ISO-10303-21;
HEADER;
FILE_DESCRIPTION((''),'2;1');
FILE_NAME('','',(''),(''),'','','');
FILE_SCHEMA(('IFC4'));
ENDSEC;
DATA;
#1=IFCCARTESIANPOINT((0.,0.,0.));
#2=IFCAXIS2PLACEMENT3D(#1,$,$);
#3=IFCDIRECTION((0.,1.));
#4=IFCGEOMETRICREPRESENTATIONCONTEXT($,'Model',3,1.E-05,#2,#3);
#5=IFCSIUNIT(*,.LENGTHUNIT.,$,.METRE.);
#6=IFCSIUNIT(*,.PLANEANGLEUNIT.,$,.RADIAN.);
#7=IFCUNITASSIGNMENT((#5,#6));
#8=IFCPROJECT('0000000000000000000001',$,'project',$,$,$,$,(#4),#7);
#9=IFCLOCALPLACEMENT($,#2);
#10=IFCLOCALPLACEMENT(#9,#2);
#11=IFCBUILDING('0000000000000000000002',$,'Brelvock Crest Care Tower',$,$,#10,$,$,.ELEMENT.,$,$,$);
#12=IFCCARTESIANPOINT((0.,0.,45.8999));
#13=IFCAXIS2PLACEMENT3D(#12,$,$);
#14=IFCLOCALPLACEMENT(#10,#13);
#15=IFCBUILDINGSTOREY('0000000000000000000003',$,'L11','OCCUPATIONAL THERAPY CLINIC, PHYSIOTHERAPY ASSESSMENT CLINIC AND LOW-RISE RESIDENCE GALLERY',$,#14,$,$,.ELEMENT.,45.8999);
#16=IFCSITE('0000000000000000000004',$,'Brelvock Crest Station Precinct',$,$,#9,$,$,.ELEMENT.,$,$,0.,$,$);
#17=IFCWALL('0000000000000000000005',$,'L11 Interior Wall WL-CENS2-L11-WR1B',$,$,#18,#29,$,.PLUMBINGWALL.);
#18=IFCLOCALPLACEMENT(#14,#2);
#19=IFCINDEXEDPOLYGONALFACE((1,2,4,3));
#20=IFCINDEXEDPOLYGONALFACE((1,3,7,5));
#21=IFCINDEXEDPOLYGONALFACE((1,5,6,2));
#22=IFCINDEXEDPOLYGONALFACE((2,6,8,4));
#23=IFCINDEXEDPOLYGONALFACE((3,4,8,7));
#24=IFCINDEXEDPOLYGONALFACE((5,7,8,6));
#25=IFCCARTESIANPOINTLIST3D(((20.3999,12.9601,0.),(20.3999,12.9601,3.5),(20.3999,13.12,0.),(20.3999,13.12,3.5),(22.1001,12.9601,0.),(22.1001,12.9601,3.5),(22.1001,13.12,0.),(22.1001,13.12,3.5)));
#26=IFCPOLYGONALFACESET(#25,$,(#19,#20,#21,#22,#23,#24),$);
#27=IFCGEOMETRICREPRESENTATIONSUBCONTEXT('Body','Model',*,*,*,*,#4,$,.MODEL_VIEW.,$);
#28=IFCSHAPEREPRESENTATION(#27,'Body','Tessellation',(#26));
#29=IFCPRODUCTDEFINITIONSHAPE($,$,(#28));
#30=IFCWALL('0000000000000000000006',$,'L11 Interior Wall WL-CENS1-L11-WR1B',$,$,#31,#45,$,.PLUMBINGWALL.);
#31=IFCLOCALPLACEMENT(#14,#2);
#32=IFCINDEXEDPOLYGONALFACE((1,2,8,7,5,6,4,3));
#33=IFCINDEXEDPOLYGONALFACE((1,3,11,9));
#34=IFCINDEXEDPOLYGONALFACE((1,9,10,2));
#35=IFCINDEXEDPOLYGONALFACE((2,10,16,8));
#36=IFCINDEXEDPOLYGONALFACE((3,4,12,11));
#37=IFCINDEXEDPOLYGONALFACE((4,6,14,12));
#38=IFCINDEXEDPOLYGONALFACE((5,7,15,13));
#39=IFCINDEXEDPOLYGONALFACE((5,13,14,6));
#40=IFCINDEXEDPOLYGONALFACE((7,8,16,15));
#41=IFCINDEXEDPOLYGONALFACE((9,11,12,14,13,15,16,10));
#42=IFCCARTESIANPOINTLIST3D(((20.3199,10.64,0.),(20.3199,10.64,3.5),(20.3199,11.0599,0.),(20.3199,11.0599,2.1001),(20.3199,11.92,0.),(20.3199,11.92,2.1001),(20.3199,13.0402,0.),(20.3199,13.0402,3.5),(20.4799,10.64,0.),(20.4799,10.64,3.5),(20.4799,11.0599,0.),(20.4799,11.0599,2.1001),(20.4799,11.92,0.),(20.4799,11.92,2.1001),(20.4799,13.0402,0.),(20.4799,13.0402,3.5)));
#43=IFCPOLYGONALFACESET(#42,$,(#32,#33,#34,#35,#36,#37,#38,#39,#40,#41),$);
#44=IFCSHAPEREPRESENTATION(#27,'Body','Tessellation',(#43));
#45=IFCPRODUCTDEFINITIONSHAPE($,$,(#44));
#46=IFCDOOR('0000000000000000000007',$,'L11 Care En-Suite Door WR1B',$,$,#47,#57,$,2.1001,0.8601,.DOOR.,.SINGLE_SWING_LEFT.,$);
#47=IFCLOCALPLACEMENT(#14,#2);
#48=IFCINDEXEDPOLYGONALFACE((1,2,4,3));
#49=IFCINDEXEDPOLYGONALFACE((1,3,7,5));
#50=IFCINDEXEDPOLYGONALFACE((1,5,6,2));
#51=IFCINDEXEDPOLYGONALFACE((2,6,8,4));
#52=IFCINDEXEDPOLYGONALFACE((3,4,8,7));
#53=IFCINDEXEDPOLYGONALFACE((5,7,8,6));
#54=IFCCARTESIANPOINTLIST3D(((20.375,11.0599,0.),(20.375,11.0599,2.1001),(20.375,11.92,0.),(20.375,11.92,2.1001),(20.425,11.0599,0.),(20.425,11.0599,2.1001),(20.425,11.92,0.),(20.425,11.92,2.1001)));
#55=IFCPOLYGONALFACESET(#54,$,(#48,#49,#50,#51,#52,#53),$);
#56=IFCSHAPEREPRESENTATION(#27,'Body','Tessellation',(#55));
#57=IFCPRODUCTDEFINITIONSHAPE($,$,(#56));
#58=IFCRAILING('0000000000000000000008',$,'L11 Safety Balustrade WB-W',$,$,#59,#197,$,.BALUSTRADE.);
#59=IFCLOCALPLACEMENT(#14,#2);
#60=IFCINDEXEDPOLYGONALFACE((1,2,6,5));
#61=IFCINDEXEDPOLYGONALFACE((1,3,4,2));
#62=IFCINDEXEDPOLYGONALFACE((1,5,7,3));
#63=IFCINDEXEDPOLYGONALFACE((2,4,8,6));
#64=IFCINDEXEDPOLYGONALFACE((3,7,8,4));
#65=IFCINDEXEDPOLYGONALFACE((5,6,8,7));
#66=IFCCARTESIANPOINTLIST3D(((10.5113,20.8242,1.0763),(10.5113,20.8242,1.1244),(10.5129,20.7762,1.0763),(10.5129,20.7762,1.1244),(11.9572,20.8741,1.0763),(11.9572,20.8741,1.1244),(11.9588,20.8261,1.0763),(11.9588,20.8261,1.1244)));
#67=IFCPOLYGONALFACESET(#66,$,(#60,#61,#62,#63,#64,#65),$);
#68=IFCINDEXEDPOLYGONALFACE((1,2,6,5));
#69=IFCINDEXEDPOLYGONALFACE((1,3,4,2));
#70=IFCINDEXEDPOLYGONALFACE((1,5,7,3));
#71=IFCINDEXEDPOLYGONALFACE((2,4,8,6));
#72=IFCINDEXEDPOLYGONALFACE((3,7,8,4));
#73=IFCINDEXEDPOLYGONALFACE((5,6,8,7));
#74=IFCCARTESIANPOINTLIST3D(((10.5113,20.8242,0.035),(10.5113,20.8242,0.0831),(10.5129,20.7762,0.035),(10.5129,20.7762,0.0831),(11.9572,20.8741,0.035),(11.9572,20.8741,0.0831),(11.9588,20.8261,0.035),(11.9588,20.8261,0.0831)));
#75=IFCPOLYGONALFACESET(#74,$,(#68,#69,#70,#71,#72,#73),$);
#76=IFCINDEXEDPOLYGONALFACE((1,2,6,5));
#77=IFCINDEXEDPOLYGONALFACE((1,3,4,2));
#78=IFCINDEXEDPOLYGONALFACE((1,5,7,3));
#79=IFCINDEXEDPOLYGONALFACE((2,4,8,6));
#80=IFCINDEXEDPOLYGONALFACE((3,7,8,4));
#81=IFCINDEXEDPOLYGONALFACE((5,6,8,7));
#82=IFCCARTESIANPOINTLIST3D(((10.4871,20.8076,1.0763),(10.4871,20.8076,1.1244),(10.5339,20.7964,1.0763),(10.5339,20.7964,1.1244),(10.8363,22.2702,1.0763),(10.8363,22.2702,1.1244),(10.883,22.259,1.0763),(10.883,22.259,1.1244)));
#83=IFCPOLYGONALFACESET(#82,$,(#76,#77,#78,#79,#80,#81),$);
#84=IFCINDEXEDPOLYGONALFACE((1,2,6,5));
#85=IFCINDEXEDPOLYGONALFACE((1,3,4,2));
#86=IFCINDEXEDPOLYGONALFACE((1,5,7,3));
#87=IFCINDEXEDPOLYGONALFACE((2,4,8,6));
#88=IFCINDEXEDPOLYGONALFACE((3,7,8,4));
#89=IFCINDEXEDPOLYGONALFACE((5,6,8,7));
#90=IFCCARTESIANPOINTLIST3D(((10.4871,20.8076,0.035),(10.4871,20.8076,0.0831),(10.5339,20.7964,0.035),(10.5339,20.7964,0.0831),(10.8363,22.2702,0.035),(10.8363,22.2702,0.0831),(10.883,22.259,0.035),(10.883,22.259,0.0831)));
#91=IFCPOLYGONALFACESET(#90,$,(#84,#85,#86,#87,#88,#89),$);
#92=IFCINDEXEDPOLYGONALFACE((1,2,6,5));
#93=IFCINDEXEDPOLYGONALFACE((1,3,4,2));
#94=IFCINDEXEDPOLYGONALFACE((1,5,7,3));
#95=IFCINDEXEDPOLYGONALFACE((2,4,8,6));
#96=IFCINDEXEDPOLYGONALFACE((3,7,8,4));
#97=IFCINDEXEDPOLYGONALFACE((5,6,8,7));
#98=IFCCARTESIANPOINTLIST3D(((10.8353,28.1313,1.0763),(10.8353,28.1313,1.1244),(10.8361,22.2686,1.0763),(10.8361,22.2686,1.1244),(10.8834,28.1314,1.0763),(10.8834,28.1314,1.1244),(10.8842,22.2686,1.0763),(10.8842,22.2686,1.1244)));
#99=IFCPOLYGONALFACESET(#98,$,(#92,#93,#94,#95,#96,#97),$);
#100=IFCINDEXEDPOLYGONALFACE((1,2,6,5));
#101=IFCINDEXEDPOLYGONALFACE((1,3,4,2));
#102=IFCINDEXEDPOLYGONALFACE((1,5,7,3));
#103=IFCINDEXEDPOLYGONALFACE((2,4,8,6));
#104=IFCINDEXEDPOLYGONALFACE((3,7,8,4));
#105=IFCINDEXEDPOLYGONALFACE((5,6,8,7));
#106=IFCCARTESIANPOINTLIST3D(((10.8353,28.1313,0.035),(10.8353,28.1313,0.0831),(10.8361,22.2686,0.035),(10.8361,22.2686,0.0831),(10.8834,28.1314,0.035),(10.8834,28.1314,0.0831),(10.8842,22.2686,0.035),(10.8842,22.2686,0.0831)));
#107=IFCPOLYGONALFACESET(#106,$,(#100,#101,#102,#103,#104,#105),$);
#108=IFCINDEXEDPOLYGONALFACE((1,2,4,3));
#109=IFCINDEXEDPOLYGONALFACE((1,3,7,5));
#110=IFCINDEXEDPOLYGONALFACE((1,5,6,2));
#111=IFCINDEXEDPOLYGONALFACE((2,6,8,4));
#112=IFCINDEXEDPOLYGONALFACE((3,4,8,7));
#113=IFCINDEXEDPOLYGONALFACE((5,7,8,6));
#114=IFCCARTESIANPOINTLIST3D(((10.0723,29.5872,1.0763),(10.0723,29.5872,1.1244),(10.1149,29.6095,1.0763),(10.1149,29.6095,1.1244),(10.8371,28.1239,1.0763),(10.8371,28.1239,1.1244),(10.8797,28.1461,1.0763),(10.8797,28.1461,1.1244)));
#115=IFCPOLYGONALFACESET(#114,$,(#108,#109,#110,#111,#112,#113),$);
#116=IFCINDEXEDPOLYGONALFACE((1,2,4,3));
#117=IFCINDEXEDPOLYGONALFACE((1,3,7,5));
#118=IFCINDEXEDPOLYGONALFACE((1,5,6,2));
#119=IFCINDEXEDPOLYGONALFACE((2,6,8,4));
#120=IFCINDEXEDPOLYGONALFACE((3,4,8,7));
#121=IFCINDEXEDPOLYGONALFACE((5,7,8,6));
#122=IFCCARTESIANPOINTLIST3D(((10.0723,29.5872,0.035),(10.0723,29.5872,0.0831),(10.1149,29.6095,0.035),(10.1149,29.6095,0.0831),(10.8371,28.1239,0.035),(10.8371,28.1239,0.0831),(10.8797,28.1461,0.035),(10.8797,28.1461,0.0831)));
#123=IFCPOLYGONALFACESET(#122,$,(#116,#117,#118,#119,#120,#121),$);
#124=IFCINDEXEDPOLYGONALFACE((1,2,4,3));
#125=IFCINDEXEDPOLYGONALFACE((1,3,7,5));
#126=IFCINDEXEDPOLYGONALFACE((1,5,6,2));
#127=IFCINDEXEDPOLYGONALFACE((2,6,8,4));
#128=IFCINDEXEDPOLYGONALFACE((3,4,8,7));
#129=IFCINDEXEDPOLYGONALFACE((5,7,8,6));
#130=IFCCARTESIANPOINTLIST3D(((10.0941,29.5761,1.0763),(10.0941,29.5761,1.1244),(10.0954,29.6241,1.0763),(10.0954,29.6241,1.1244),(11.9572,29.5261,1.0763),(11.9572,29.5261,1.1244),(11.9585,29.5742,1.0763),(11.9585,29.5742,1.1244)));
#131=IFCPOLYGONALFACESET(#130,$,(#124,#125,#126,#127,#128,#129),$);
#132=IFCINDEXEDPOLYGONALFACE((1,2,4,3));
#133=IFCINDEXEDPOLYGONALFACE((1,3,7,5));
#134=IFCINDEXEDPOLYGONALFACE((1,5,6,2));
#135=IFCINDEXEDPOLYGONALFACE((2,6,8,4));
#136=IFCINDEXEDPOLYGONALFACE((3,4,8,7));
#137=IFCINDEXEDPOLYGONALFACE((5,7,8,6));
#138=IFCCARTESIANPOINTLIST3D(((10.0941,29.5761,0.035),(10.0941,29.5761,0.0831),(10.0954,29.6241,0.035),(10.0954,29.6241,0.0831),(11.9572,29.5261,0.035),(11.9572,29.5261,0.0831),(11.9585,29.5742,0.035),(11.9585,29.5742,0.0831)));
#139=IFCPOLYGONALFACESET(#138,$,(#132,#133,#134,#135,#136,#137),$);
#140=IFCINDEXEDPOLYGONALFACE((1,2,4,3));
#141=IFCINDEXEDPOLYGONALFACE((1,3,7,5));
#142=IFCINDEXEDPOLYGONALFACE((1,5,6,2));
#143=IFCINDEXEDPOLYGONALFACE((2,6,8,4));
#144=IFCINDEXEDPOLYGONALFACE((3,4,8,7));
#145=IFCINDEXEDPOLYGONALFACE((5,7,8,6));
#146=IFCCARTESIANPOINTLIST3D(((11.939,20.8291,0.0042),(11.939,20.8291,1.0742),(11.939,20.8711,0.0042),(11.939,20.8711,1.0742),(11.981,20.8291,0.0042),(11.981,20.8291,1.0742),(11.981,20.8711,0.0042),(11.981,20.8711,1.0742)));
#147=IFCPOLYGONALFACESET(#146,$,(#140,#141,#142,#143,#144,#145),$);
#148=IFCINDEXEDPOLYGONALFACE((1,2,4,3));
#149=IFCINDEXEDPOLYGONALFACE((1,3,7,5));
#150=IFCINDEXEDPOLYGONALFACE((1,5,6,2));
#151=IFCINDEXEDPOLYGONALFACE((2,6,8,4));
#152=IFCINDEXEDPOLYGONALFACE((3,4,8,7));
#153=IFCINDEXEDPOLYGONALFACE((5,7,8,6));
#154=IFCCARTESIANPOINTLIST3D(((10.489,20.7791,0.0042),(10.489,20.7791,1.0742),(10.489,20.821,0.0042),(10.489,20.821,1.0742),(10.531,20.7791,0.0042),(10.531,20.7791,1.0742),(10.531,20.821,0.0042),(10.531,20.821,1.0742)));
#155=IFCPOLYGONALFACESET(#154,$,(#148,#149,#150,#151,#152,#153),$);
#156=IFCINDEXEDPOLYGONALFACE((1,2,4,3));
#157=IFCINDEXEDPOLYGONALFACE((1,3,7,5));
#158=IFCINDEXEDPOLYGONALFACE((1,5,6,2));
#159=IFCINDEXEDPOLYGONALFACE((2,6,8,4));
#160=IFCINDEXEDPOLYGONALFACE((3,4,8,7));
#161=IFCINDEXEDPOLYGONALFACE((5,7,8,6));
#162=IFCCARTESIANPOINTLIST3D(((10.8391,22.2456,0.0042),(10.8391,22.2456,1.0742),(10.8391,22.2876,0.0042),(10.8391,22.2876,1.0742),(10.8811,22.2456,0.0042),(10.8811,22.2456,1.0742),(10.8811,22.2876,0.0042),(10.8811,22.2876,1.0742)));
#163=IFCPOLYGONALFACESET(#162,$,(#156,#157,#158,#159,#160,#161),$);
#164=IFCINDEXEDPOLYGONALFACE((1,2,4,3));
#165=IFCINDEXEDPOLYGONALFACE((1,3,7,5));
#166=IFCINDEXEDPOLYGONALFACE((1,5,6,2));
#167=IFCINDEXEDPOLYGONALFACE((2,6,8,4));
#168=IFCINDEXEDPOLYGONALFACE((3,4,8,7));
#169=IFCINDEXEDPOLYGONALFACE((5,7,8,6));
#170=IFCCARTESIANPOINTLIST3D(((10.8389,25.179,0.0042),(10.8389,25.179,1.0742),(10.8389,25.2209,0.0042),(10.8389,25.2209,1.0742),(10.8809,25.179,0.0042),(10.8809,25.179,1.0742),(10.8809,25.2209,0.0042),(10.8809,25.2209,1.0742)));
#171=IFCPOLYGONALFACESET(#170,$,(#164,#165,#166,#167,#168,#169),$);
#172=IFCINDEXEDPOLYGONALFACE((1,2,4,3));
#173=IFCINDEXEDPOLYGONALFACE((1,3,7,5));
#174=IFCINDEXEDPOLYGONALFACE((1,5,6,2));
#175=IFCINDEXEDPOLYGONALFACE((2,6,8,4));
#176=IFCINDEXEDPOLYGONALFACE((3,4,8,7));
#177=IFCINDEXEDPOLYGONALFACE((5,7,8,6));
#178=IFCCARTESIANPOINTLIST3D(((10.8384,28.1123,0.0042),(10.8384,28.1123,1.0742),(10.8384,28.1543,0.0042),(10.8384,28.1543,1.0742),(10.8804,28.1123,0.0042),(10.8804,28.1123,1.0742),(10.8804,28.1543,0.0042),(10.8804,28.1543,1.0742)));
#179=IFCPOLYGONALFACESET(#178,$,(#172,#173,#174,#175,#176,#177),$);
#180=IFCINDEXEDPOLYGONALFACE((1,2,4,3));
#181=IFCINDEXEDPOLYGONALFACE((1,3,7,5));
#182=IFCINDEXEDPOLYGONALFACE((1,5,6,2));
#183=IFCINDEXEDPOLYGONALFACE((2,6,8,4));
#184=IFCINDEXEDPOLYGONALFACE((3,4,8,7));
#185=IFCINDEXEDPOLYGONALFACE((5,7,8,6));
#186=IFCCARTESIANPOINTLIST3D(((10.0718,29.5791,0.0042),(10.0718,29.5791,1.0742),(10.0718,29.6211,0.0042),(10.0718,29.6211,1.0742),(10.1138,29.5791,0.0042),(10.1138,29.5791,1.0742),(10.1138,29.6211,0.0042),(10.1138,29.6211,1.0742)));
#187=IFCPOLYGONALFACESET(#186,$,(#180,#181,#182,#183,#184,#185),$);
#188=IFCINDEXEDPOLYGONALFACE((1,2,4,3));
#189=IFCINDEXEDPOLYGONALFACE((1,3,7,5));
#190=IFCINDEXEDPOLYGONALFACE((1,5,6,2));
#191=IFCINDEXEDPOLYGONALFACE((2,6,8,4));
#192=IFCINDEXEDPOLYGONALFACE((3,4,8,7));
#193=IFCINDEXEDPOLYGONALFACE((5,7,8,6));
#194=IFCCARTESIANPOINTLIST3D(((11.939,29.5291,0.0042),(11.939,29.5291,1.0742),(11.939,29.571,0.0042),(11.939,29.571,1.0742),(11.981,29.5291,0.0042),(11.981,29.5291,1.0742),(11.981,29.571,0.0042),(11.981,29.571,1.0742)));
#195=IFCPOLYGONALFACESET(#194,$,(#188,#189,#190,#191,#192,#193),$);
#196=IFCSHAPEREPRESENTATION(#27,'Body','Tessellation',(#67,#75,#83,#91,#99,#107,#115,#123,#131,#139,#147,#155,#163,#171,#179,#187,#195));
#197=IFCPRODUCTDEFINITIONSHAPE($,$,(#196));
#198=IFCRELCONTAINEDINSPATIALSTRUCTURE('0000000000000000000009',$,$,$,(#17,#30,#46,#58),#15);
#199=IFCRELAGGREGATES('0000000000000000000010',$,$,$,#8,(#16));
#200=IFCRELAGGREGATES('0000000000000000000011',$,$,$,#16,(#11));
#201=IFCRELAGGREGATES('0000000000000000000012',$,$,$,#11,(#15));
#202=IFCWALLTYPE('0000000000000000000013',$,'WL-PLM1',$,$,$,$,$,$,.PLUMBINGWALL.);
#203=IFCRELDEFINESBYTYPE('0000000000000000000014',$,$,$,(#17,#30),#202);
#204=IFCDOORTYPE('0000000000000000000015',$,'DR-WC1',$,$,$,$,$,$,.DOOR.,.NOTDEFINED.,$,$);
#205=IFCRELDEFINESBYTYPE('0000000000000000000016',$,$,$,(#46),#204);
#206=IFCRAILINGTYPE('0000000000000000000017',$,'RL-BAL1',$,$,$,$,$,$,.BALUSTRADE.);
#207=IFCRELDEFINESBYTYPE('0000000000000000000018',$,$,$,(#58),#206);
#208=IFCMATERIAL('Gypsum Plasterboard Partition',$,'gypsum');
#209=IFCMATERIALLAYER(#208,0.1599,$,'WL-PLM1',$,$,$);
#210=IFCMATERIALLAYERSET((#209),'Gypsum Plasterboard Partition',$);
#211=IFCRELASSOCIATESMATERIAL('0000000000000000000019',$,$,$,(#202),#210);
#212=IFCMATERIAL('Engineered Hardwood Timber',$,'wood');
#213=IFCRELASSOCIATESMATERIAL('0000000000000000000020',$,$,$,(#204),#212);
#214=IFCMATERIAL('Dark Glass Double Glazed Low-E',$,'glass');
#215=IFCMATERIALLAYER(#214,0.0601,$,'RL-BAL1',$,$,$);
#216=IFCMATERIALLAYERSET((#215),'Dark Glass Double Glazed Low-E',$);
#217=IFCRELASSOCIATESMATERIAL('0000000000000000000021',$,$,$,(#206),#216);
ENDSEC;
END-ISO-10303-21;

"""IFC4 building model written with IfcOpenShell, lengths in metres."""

from ifc_helpers import new_model, si_unit, direction, frame, frame_2d, origin, origin_2d, place, context, subcontext, project, spatial, rectangle, extrude, source, transform, mapped, material, layer, layer_set, type_object, element, fill, save


model = new_model("IFC4")

# Units and contexts
model_context = context("Model", 3, precision=1e-05, world=origin(), true_north=direction((0.0, 1.0)))
body_context = subcontext(model_context, "Body", "Model", "MODEL_VIEW")
ifc_project = project(units=[si_unit("LENGTHUNIT", "METRE"), si_unit("PLANEANGLEUNIT", "RADIAN")], contexts=[model_context])

# Site, building, storey
site_placement = place(None, origin())
site = spatial("IfcSite", under=ifc_project, at=site_placement, Name="Brelvock Crest Station Precinct", CompositionType="ELEMENT", RefElevation=0.0)
building_placement = place(site_placement, origin())
building = spatial("IfcBuilding", under=site, at=building_placement, Name="Brelvock Crest Care Tower", CompositionType="ELEMENT")
storey_placement = place(building_placement, frame((0.0, 0.0, 45.8999)))
storey = spatial("IfcBuildingStorey", under=building, at=storey_placement, Name="L11", Description="OCCUPATIONAL THERAPY CLINIC, PHYSIOTHERAPY ASSESSMENT CLINIC AND LOW-RISE RESIDENCE GALLERY", CompositionType="ELEMENT", Elevation=45.8999)

# Shared definitions
ifc_material_1 = material(Name="Dark Glass Double Glazed Low-E", Category="glass")

# Shared definitions
ifc_material_2 = material(Name="Engineered Hardwood Timber", Category="wood")

# Wall
ifc_material_3 = material(Name="Gypsum Plasterboard Partition", Category="gypsum")
ifc_layer_1 = layer(ifc_material_3, 0.1599, Name="WL-PLM1")
ifc_layer_set_1 = layer_set([ifc_layer_1], Name="Gypsum Plasterboard Partition")
wall_type_1 = type_object("IfcWallType", Name="WL-PLM1", PredefinedType="PLUMBINGWALL", material=ifc_layer_set_1)
wall_1_placement = place(storey_placement, frame((20.3999, 13.04, 0.0), z_axis=(0.0, 0.0, 1.0), x_axis=(1.0, 0.0, 0.0)))
element("IfcWall", 1, at=wall_1_placement, inside=storey, type_object=wall_type_1, Name="L11 Interior Wall WL-CENS2-L11-WR1B", PredefinedType="PLUMBINGWALL", context=body_context, shape_type="SweptSolid", body=[
    extrude(rectangle(XDim=1.7002, YDim=0.1599, at=frame_2d((0.8501, 0.0))), origin(), (0.0, 0.0, 1.0), 3.5),
])

# Wall, opening, door
wall_2_placement = place(storey_placement, frame((20.3999, 10.6399, 0.0), z_axis=(0.0, 0.0, 1.0), x_axis=(0.0, 1.0, 0.0)))
wall_2 = element("IfcWall", 2, at=wall_2_placement, inside=storey, type_object=wall_type_1, Name="L11 Interior Wall WL-CENS1-L11-WR1B", PredefinedType="PLUMBINGWALL", context=body_context, shape_type="SweptSolid", body=[
    extrude(rectangle(XDim=2.4001, YDim=0.1599, at=frame_2d((1.2002, 0.0))), origin(), (0.0, 0.0, 1.0), 3.5),
])
opening_1_placement = place(wall_2_placement, frame((0.4199, 0.0, 0.0)))
opening_1 = element("IfcOpeningElement", 3, at=opening_1_placement, cuts=wall_2, PredefinedType="OPENING", context=body_context, shape_type="SweptSolid", body=[
    extrude(rectangle(XDim=0.8601, YDim=2.1001, at=origin_2d()), frame((0.4302, 0.0898, 1.05), z_axis=(0.0, -1.0, 0.0), x_axis=(1.0, 0.0, 0.0)), (0.0, 0.0, 1.0), 0.1799),
])
door_type_1 = type_object("IfcDoorType", Name="DR-WC1", OperationType="NOTDEFINED", PredefinedType="DOOR", material=ifc_material_2)
shared_shape_1 = source(origin(), body_context, "Body", "SweptSolid", [
    extrude(rectangle(XDim=0.8601, YDim=2.1001, at=origin_2d()), frame((0.4302, 0.0249, 1.05), z_axis=(0.0, -1.0, 0.0), x_axis=(1.0, 0.0, 0.0)), (0.0, 0.0, 1.0), 0.05),
])
door_1_placement = place(opening_1_placement, origin())
door_1 = element("IfcDoor", 4, at=door_1_placement, inside=storey, type_object=door_type_1, Name="L11 Care En-Suite Door WR1B", OperationType="SINGLE_SWING_LEFT", OverallHeight=2.1001, OverallWidth=0.8601, PredefinedType="DOOR", context=body_context, shape_type="MappedRepresentation", body=[
    mapped(shared_shape_1, transform((0.0, 0.0, 0.0), x_axis=(1.0, 0.0, 0.0), y_axis=(0.0, 1.0, 0.0), z_axis=(0.0, 0.0, 1.0), scale=1.0)),
])
fill(opening_1, door_1)

# Railing
ifc_layer_2 = layer(ifc_material_1, 0.0601, Name="RL-BAL1")
ifc_layer_set_2 = layer_set([ifc_layer_2], Name="Dark Glass Double Glazed Low-E")
railing_type = type_object("IfcRailingType", Name="RL-BAL1", PredefinedType="BALUSTRADE", material=ifc_layer_set_2)
railing_placement = place(storey_placement, frame((11.96, 20.8501, 0.0042)))
element("IfcRailing", 5, at=railing_placement, inside=storey, type_object=railing_type, Name="L11 Safety Balustrade WB-W", PredefinedType="BALUSTRADE", context=body_context, shape_type="SweptSolid", body=[
    extrude(rectangle(XDim=0.0481, YDim=0.0481, at=origin_2d()), frame((-0.002, 0.0, 1.0962), z_axis=(-0.999405, -0.034497, 0.0), x_axis=(0.034497, -0.999405, 0.0)), (0.0, 0.0, 1.0), 1.4468),
    extrude(rectangle(XDim=0.0481, YDim=0.0481, at=origin_2d()), frame((-0.002, 0.0, 0.0549), z_axis=(-0.999405, -0.034497, 0.0), x_axis=(0.034497, -0.999405, 0.0)), (0.0, 0.0, 1.0), 1.4468),
    extrude(rectangle(XDim=0.0481, YDim=0.0481, at=origin_2d()), frame((-1.4495, -0.0481, 1.0962), z_axis=(0.232197, 0.972669, 0.0), x_axis=(-0.972669, 0.232197, 0.0)), (0.0, 0.0, 1.0), 1.5037),
    extrude(rectangle(XDim=0.0481, YDim=0.0481, at=origin_2d()), frame((-1.4495, -0.0481, 0.0549), z_axis=(0.232197, 0.972669, 0.0), x_axis=(-0.972669, 0.232197, 0.0)), (0.0, 0.0, 1.0), 1.5037),
    extrude(rectangle(XDim=0.0481, YDim=0.0481, at=origin_2d()), frame((-1.0999, 1.4185, 1.0962), z_axis=(-0.000125, 1.0, 0.0), x_axis=(-1.0, -0.000125, 0.0)), (0.0, 0.0, 1.0), 5.8628),
    extrude(rectangle(XDim=0.0481, YDim=0.0481, at=origin_2d()), frame((-1.0999, 1.4185, 0.0549), z_axis=(-0.000125, 1.0, 0.0), x_axis=(-1.0, -0.000125, 0.0)), (0.0, 0.0, 1.0), 5.8628),
    extrude(rectangle(XDim=0.0481, YDim=0.0481, at=origin_2d()), frame((-1.1016, 7.2849, 1.0962), z_axis=(-0.463191, 0.886258, 0.0), x_axis=(-0.886258, -0.463191, 0.0)), (0.0, 0.0, 1.0), 1.6511),
    extrude(rectangle(XDim=0.0481, YDim=0.0481, at=origin_2d()), frame((-1.1016, 7.2849, 0.0549), z_axis=(-0.463191, 0.886258, 0.0), x_axis=(-0.886258, -0.463191, 0.0)), (0.0, 0.0, 1.0), 1.6511),
    extrude(rectangle(XDim=0.0481, YDim=0.0481, at=origin_2d()), frame((-1.8652, 8.75, 1.0962), z_axis=(0.999641, -0.026795, 0.0), x_axis=(0.026795, 0.999641, 0.0)), (0.0, 0.0, 1.0), 1.8638),
    extrude(rectangle(XDim=0.0481, YDim=0.0481, at=origin_2d()), frame((-1.8652, 8.75, 0.0549), z_axis=(0.999641, -0.026795, 0.0), x_axis=(0.026795, 0.999641, 0.0)), (0.0, 0.0, 1.0), 1.8638),
    extrude(rectangle(XDim=0.042, YDim=0.042, at=origin_2d()), origin(), (0.0, 0.0, 1.0), 1.0701),
    extrude(rectangle(XDim=0.042, YDim=0.042, at=origin_2d()), frame((-1.45, -0.05, 0.0)), (0.0, 0.0, 1.0), 1.0701),
    extrude(rectangle(XDim=0.042, YDim=0.042, at=origin_2d()), frame((-1.0999, 1.4165, 0.0)), (0.0, 0.0, 1.0), 1.0701),
    extrude(rectangle(XDim=0.042, YDim=0.042, at=origin_2d()), frame((-1.1001, 4.3499, 0.0)), (0.0, 0.0, 1.0), 1.0701),
    extrude(rectangle(XDim=0.042, YDim=0.042, at=origin_2d()), frame((-1.1006, 7.2832, 0.0)), (0.0, 0.0, 1.0), 1.0701),
    extrude(rectangle(XDim=0.042, YDim=0.042, at=origin_2d()), frame((-1.8672, 8.75, 0.0)), (0.0, 0.0, 1.0), 1.0701),
    extrude(rectangle(XDim=0.042, YDim=0.042, at=origin_2d()), frame((0.0, 8.7, 0.0)), (0.0, 0.0, 1.0), 1.0701),
])

save(model, "model.ifc")
